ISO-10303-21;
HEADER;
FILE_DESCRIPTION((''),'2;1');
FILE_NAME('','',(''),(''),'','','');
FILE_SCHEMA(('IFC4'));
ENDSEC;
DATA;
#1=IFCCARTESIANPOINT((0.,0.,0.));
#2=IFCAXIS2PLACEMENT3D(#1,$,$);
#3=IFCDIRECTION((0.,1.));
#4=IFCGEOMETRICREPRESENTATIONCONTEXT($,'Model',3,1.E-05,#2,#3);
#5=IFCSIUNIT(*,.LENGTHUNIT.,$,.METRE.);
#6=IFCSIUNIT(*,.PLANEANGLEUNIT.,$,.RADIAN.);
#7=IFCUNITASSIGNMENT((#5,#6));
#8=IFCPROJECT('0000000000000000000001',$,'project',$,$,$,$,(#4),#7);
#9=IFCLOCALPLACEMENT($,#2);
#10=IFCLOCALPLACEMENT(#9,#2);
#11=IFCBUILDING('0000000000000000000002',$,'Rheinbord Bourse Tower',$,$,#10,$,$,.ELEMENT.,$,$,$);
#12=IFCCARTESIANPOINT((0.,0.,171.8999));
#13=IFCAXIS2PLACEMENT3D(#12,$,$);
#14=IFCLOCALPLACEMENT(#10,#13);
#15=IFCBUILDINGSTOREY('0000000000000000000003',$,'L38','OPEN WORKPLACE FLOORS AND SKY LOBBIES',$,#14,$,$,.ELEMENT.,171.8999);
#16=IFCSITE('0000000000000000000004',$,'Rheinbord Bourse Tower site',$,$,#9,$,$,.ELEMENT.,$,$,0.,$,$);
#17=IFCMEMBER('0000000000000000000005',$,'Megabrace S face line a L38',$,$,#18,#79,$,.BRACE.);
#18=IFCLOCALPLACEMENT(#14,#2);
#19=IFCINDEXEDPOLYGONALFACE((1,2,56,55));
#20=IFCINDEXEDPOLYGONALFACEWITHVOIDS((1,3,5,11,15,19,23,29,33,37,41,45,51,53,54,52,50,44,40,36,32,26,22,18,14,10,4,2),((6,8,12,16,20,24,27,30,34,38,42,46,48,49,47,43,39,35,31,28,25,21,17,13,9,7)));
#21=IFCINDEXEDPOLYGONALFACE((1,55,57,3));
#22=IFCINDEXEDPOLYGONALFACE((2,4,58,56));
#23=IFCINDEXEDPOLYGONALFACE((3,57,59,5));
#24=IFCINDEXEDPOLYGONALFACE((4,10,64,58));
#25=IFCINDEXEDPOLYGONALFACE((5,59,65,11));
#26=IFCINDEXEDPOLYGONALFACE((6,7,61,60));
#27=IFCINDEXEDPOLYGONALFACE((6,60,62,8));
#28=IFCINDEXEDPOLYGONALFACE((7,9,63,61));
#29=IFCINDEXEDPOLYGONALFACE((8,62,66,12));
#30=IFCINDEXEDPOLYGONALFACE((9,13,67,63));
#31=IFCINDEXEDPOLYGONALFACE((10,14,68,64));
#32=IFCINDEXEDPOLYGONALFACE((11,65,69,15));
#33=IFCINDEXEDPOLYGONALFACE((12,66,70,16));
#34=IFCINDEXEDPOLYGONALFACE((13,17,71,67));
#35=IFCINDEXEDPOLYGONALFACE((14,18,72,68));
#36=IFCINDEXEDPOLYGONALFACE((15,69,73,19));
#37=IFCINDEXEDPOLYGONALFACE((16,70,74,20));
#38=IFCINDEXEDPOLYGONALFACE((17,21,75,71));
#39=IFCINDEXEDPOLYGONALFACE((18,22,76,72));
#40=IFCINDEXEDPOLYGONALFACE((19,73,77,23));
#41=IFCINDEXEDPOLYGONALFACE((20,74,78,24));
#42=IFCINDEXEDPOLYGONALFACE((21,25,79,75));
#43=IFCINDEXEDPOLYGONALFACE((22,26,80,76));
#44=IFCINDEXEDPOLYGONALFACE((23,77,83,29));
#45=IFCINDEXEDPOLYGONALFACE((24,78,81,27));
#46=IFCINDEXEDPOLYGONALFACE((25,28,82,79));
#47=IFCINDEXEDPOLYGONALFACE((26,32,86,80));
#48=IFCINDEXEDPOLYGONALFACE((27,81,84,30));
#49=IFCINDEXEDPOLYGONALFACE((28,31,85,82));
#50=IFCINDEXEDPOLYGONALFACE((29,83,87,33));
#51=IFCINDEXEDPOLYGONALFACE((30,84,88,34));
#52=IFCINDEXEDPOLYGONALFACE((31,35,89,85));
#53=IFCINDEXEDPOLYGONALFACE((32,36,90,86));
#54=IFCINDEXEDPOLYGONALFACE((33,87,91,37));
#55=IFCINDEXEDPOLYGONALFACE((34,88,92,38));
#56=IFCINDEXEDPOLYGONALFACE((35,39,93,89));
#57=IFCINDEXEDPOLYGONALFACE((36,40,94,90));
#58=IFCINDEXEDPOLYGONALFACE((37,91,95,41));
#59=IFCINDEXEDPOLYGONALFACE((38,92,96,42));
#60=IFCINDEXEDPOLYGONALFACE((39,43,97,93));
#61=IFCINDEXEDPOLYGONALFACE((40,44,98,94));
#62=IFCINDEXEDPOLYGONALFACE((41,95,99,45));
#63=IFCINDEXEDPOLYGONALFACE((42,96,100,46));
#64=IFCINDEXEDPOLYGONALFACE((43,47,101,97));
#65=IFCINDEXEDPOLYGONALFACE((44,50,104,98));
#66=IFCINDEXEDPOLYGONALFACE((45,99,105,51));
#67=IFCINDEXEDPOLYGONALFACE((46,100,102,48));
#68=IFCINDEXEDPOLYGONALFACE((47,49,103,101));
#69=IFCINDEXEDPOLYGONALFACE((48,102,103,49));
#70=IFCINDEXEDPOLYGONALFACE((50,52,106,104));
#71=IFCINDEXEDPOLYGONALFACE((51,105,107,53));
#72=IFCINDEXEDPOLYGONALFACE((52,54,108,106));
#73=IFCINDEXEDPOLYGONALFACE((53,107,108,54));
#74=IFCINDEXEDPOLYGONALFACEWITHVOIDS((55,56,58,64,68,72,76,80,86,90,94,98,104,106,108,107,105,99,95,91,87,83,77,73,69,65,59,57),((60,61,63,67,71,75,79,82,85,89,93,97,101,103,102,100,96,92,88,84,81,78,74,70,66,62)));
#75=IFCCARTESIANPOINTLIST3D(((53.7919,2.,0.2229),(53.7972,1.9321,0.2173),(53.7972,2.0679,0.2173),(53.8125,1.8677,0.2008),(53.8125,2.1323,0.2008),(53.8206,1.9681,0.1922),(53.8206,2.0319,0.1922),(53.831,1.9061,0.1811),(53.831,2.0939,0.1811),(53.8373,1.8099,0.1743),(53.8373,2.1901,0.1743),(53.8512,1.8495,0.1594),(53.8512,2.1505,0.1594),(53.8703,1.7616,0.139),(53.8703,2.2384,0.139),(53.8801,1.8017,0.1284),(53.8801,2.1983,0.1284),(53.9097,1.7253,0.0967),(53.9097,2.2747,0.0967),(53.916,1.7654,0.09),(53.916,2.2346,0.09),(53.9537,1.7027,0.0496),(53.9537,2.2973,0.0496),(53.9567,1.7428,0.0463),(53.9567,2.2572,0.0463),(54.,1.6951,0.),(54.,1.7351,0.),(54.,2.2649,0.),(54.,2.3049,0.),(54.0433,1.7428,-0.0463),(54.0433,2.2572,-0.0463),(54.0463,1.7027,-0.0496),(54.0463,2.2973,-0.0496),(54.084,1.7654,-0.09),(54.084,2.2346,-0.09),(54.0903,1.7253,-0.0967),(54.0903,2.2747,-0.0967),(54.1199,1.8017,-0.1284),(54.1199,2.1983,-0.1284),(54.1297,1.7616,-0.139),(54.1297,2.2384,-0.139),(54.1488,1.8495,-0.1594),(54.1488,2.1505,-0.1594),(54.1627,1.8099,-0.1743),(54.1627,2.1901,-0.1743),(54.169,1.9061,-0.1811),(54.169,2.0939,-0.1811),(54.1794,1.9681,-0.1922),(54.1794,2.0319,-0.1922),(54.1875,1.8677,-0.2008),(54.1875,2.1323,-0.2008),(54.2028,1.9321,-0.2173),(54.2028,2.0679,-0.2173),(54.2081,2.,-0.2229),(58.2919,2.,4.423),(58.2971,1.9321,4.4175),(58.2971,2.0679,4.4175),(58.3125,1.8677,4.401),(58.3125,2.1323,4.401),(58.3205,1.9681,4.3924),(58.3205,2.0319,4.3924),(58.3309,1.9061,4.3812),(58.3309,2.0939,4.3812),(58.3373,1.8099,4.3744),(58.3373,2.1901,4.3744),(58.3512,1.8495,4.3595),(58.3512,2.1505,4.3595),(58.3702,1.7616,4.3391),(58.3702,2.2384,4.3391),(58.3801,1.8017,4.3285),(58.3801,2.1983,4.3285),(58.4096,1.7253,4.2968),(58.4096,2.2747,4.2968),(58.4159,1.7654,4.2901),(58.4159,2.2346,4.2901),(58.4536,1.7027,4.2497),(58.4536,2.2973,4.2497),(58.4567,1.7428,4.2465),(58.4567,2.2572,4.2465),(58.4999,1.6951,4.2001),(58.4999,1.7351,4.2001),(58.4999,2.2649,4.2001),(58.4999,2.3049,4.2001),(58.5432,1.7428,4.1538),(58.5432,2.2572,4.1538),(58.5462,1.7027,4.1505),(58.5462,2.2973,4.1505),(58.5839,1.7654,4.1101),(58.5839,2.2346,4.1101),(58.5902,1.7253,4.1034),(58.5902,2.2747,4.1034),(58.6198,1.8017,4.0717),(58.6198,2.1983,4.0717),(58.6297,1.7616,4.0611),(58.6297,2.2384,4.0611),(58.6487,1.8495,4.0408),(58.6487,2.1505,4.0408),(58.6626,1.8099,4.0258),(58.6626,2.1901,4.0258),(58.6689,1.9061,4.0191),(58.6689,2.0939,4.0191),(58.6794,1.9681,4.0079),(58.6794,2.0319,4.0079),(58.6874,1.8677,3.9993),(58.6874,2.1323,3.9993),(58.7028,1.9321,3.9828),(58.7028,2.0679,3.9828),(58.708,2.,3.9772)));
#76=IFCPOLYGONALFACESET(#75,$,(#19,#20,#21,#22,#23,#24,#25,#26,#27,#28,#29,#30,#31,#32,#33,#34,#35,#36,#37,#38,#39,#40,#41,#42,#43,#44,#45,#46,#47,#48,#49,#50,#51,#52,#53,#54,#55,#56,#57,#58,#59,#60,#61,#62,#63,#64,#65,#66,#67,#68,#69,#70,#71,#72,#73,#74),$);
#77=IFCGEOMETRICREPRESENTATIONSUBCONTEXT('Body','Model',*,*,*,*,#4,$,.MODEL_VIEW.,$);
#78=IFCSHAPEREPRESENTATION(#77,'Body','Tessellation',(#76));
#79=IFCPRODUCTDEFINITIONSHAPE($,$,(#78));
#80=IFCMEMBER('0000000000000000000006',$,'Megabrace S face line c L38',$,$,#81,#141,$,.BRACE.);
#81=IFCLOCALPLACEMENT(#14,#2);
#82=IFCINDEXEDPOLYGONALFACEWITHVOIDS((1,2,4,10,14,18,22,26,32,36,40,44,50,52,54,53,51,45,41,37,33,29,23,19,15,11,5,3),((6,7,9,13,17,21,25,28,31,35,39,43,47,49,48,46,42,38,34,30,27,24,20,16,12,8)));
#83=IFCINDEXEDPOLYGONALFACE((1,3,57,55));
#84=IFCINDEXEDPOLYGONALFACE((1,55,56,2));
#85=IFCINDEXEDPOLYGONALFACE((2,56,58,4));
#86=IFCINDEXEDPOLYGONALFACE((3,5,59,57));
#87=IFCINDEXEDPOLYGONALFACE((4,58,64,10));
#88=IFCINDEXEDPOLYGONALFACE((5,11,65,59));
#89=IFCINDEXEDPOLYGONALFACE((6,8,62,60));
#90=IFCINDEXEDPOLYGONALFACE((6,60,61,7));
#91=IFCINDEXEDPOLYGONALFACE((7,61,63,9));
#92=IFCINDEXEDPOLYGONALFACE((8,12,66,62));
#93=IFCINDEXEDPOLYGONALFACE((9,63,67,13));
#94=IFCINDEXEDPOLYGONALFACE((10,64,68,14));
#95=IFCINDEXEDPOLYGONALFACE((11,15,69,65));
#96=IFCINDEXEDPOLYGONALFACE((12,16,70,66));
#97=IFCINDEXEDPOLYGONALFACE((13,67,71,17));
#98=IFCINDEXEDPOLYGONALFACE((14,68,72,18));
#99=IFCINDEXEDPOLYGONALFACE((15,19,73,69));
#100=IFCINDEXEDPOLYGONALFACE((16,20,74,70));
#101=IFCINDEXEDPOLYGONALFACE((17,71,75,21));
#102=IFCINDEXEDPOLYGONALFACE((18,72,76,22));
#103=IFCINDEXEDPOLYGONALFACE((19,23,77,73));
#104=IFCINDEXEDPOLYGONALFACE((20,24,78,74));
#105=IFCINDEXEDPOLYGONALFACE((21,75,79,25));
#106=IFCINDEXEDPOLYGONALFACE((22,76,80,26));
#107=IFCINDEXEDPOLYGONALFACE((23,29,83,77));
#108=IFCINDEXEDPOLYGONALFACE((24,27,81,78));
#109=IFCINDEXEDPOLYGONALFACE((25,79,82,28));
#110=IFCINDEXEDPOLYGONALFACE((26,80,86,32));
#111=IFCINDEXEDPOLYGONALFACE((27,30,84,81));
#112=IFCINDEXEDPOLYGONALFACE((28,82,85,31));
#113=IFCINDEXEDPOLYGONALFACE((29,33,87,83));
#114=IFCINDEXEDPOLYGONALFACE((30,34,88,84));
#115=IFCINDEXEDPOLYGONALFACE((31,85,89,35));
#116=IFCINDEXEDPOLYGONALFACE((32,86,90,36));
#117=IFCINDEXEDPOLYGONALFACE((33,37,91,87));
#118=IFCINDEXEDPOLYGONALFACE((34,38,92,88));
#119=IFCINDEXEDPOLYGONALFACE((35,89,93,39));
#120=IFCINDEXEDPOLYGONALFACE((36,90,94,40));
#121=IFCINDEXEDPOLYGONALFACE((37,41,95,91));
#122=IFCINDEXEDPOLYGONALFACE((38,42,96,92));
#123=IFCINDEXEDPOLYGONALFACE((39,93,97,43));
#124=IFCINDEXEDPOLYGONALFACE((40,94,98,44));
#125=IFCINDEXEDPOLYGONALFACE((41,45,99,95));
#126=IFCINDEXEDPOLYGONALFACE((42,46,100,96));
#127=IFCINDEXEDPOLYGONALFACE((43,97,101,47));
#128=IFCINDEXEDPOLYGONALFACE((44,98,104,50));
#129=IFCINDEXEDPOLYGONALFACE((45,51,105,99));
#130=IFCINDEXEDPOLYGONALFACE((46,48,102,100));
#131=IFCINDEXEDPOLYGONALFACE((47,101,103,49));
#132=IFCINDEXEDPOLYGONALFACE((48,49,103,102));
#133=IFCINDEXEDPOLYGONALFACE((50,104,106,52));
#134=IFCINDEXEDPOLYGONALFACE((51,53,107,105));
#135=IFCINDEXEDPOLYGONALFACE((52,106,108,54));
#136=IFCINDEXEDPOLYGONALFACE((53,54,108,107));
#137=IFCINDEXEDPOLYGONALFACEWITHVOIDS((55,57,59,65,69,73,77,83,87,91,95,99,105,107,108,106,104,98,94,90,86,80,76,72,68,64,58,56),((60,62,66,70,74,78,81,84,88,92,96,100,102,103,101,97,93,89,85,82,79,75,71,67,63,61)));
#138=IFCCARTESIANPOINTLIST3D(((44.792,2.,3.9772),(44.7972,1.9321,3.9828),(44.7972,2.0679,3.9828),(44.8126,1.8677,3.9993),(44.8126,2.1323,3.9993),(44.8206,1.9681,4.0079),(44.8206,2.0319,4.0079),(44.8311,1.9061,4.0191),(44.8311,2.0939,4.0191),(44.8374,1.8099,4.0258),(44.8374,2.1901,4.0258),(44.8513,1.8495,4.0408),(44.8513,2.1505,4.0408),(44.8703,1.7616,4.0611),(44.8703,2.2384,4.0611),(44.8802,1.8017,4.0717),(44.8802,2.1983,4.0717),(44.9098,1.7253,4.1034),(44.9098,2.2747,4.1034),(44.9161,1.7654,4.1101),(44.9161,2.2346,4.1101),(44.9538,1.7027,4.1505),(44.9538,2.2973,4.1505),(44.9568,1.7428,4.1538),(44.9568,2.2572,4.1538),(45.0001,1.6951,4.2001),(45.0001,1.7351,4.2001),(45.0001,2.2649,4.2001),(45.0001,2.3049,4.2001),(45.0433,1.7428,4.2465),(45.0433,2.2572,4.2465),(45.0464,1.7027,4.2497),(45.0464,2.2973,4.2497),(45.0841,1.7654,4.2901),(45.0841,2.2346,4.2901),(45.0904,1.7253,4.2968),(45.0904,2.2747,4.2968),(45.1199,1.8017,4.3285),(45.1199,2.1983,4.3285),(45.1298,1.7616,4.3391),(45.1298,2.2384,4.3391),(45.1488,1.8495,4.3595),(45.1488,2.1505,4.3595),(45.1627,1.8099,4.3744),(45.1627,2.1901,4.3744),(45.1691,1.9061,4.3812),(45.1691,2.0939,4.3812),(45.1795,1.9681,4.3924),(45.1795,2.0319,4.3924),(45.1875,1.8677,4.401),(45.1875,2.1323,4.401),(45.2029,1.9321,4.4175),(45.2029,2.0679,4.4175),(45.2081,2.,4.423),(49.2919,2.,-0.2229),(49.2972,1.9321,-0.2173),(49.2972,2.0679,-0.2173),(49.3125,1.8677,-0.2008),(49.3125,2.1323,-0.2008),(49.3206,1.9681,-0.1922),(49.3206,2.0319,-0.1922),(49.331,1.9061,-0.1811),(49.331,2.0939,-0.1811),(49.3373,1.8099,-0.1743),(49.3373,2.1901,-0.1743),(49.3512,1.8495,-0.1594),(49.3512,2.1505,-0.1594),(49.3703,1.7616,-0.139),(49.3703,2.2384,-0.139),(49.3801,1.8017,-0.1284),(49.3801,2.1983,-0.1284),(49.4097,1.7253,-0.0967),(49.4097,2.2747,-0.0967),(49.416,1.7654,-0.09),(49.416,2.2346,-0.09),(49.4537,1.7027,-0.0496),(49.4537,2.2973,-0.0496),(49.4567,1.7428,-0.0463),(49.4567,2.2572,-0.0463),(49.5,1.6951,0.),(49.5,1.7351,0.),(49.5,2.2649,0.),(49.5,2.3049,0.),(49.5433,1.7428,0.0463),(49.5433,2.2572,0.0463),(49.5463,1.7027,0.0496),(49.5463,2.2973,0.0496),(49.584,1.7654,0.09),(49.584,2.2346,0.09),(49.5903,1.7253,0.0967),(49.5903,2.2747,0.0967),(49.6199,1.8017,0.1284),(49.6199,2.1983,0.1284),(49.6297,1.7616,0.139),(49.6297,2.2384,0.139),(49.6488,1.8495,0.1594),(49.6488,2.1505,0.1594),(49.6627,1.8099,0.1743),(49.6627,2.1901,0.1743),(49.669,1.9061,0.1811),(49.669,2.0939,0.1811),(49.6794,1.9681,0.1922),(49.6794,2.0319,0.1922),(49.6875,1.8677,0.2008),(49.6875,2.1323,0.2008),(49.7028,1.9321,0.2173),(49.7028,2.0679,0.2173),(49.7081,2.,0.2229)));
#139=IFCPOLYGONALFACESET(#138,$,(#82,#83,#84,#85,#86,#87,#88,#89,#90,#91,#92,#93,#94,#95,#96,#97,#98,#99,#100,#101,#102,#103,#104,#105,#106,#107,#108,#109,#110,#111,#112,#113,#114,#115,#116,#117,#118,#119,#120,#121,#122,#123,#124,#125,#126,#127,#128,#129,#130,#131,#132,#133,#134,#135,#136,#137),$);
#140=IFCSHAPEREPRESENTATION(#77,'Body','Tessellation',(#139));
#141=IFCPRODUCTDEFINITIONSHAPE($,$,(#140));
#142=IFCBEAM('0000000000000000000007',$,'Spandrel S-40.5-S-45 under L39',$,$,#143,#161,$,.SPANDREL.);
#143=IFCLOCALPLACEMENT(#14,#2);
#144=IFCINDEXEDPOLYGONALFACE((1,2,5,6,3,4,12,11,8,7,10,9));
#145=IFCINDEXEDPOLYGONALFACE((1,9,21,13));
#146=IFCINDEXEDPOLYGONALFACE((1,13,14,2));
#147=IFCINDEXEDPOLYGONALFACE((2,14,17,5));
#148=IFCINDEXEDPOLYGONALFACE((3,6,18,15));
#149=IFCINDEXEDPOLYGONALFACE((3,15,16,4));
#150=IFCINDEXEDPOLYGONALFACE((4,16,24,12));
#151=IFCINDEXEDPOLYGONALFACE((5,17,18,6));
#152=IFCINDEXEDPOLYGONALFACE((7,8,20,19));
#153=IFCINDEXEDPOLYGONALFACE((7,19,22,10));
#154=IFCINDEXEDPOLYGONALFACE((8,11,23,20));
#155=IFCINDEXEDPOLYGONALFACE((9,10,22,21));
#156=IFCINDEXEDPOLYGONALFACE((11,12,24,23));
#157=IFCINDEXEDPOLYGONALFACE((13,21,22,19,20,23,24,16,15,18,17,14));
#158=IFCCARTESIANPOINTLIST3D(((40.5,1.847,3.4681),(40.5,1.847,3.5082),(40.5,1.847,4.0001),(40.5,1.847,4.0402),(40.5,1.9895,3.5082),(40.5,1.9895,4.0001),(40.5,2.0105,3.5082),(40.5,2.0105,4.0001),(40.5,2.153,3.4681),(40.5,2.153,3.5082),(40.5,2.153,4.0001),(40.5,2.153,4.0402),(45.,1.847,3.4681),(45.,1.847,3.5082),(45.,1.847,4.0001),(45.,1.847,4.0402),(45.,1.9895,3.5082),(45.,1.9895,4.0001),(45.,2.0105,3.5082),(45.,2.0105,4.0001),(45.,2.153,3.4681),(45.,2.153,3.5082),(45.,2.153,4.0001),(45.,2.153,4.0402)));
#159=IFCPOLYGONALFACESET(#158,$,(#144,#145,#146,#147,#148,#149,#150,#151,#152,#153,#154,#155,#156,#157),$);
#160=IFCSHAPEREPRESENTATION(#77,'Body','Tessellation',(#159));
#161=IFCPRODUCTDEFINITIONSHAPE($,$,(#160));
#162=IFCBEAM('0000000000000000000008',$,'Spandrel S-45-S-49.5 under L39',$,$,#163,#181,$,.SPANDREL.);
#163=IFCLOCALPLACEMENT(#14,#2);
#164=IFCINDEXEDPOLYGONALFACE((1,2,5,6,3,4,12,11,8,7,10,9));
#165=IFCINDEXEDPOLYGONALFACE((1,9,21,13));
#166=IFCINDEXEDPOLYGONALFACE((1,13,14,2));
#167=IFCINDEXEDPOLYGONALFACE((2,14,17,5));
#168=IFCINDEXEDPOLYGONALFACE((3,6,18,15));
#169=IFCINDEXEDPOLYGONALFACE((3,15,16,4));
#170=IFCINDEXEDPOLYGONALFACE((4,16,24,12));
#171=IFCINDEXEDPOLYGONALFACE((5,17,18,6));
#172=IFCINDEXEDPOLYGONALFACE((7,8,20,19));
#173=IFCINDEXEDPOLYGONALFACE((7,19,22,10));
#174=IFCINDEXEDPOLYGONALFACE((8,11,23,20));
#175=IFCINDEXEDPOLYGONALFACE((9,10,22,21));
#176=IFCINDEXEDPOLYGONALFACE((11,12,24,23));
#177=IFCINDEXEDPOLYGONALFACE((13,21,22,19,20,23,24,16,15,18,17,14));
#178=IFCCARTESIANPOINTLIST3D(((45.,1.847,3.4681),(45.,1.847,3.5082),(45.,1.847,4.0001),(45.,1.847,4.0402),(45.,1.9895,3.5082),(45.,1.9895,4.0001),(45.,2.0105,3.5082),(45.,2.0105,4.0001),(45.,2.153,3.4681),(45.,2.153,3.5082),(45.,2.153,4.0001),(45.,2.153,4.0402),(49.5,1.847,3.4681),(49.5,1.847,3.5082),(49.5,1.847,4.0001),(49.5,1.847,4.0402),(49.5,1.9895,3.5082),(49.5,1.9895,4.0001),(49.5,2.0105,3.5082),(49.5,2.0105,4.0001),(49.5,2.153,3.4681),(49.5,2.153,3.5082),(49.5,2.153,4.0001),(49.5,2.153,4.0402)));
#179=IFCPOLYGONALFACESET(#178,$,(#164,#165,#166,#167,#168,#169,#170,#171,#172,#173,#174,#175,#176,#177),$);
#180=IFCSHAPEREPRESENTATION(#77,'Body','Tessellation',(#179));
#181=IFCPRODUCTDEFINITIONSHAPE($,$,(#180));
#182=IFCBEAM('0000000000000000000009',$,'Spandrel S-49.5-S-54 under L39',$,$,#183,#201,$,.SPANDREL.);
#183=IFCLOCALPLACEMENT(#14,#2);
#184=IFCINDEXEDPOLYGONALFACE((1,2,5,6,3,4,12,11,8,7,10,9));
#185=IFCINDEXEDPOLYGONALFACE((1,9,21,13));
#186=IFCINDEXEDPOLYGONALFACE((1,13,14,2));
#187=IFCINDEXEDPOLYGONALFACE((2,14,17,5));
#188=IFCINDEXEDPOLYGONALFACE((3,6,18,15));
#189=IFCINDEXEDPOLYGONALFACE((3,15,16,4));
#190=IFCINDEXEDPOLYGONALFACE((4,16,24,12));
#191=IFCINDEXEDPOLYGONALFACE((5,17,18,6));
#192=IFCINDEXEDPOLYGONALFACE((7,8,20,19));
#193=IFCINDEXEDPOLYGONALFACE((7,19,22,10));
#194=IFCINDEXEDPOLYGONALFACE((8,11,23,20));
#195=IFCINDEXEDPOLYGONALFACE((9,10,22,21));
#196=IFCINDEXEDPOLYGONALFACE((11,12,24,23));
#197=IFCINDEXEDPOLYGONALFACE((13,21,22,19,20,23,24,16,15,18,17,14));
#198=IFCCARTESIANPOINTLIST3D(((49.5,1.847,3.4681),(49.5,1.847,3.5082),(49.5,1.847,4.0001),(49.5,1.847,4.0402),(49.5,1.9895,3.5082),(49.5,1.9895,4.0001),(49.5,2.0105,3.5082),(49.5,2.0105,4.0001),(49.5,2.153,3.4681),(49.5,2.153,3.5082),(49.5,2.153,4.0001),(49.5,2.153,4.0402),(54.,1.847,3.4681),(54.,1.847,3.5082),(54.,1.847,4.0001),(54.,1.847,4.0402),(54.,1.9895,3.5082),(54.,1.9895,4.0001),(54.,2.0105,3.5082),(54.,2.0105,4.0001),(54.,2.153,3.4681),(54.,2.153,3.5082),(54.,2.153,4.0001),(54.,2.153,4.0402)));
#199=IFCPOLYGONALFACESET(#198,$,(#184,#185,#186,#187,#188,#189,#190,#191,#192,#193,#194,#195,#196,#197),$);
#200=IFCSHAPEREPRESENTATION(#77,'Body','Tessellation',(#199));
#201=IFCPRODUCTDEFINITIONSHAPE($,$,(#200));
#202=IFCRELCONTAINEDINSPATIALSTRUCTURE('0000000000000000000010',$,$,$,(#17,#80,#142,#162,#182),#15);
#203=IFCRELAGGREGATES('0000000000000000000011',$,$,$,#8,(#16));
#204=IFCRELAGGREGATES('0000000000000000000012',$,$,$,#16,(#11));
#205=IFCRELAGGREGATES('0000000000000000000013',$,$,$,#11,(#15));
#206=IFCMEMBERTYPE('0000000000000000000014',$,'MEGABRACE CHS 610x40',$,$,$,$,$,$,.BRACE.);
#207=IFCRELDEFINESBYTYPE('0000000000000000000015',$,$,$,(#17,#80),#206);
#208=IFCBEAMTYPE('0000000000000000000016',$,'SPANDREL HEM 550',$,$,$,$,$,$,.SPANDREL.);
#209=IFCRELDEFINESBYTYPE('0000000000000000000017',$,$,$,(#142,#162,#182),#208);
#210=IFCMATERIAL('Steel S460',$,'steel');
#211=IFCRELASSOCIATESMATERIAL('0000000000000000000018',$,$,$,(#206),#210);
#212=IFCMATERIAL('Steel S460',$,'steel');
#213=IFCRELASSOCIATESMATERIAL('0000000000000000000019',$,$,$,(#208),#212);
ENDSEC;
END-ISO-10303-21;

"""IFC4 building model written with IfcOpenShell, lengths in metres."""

from ifc_helpers import new_model, si_unit, direction, frame, origin, origin_2d, place, context, subcontext, project, spatial, hollow_circle, i_section, extrude, material, material_profile, profile_set, type_object, element, save


model = new_model("IFC4")

# Units and contexts
model_context = context("Model", 3, precision=1e-05, world=origin(), true_north=direction((0.0, 1.0)))
body_context = subcontext(model_context, "Body", "Model", "MODEL_VIEW")
ifc_project = project(units=[si_unit("LENGTHUNIT", "METRE"), si_unit("PLANEANGLEUNIT", "RADIAN")], contexts=[model_context])

# Site, building, storey
site_placement = place(None, origin())
site = spatial("IfcSite", under=ifc_project, at=site_placement, Name="Rheinbord Bourse Tower site", CompositionType="ELEMENT", RefElevation=0.0)
building_placement = place(site_placement, origin())
building = spatial("IfcBuilding", under=site, at=building_placement, Name="Rheinbord Bourse Tower", CompositionType="ELEMENT")
storey_placement = place(building_placement, frame((0.0, 0.0, 171.8999)))
storey = spatial("IfcBuildingStorey", under=building, at=storey_placement, Name="L38", Description="OPEN WORKPLACE FLOORS AND SKY LOBBIES", CompositionType="ELEMENT", Elevation=171.8999)

# Members
ifc_material_1 = material(Name="Steel S460", Category="steel")
ifc_material_profile_1 = material_profile(ifc_material_1, hollow_circle(Radius=0.3049, WallThickness=0.04, at=origin_2d()), Name="CHS 610x40")
ifc_profile_set_1 = profile_set([ifc_material_profile_1], Name="Steel S460")
member_type_1 = type_object("IfcMemberType", Name="MEGABRACE CHS 610x40", PredefinedType="BRACE", material=ifc_profile_set_1)
for number, where, z_axis, x_axis, name in (
    (1, (54.0, 2.0, 0.0), (0.731039, 0.0, 0.682335), (0.0, 1.0, 0.0), "Megabrace S face line a L38"),
    (2, (49.5, 2.0, 0.0), (-0.731039, 0.0, 0.682335), (0.0, -1.0, 0.0), "Megabrace S face line c L38"),
):
    element("IfcMember", number, at=place(storey_placement, frame(where, z_axis=z_axis, x_axis=x_axis)), inside=storey, type_object=member_type_1, Name=name, PredefinedType="BRACE", context=body_context, shape_type="SweptSolid", body=[
        extrude(hollow_circle(Radius=0.3049, WallThickness=0.04, at=origin_2d()), origin(), (0.0, 0.0, 1.0), 6.1555),
    ])

# Beams
ifc_material_2 = material(Name="Steel S460", Category="steel")
ifc_material_profile_2 = material_profile(ifc_material_2, i_section(OverallWidth=0.3059, OverallDepth=0.572, WebThickness=0.021, FlangeThickness=0.04, at=origin_2d()), Name="HEM 550")
ifc_profile_set_2 = profile_set([ifc_material_profile_2], Name="Steel S460")
beam_type_1 = type_object("IfcBeamType", Name="SPANDREL HEM 550", PredefinedType="SPANDREL", material=ifc_profile_set_2)
for number, where, z_axis, x_axis, name in (
    (3, (40.5, 2.0, 3.7542), (1.0, 0.0, 0.0), (0.0, 1.0, 0.0), "Spandrel S-40.5-S-45 under L39"),
    (4, (45.0, 2.0, 3.7542), (1.0, 0.0, 0.0), (0.0, 1.0, 0.0), "Spandrel S-45-S-49.5 under L39"),
    (5, (49.5, 2.0, 3.7542), (1.0, 0.0, 0.0), (0.0, 1.0, 0.0), "Spandrel S-49.5-S-54 under L39"),
):
    element("IfcBeam", number, at=place(storey_placement, frame(where, z_axis=z_axis, x_axis=x_axis)), inside=storey, type_object=beam_type_1, Name=name, PredefinedType="SPANDREL", context=body_context, shape_type="SweptSolid", body=[
        extrude(i_section(OverallWidth=0.3059, OverallDepth=0.572, WebThickness=0.021, FlangeThickness=0.04, at=origin_2d()), origin(), (0.0, 0.0, 1.0), 4.5),
    ])

save(model, "model.ifc")
